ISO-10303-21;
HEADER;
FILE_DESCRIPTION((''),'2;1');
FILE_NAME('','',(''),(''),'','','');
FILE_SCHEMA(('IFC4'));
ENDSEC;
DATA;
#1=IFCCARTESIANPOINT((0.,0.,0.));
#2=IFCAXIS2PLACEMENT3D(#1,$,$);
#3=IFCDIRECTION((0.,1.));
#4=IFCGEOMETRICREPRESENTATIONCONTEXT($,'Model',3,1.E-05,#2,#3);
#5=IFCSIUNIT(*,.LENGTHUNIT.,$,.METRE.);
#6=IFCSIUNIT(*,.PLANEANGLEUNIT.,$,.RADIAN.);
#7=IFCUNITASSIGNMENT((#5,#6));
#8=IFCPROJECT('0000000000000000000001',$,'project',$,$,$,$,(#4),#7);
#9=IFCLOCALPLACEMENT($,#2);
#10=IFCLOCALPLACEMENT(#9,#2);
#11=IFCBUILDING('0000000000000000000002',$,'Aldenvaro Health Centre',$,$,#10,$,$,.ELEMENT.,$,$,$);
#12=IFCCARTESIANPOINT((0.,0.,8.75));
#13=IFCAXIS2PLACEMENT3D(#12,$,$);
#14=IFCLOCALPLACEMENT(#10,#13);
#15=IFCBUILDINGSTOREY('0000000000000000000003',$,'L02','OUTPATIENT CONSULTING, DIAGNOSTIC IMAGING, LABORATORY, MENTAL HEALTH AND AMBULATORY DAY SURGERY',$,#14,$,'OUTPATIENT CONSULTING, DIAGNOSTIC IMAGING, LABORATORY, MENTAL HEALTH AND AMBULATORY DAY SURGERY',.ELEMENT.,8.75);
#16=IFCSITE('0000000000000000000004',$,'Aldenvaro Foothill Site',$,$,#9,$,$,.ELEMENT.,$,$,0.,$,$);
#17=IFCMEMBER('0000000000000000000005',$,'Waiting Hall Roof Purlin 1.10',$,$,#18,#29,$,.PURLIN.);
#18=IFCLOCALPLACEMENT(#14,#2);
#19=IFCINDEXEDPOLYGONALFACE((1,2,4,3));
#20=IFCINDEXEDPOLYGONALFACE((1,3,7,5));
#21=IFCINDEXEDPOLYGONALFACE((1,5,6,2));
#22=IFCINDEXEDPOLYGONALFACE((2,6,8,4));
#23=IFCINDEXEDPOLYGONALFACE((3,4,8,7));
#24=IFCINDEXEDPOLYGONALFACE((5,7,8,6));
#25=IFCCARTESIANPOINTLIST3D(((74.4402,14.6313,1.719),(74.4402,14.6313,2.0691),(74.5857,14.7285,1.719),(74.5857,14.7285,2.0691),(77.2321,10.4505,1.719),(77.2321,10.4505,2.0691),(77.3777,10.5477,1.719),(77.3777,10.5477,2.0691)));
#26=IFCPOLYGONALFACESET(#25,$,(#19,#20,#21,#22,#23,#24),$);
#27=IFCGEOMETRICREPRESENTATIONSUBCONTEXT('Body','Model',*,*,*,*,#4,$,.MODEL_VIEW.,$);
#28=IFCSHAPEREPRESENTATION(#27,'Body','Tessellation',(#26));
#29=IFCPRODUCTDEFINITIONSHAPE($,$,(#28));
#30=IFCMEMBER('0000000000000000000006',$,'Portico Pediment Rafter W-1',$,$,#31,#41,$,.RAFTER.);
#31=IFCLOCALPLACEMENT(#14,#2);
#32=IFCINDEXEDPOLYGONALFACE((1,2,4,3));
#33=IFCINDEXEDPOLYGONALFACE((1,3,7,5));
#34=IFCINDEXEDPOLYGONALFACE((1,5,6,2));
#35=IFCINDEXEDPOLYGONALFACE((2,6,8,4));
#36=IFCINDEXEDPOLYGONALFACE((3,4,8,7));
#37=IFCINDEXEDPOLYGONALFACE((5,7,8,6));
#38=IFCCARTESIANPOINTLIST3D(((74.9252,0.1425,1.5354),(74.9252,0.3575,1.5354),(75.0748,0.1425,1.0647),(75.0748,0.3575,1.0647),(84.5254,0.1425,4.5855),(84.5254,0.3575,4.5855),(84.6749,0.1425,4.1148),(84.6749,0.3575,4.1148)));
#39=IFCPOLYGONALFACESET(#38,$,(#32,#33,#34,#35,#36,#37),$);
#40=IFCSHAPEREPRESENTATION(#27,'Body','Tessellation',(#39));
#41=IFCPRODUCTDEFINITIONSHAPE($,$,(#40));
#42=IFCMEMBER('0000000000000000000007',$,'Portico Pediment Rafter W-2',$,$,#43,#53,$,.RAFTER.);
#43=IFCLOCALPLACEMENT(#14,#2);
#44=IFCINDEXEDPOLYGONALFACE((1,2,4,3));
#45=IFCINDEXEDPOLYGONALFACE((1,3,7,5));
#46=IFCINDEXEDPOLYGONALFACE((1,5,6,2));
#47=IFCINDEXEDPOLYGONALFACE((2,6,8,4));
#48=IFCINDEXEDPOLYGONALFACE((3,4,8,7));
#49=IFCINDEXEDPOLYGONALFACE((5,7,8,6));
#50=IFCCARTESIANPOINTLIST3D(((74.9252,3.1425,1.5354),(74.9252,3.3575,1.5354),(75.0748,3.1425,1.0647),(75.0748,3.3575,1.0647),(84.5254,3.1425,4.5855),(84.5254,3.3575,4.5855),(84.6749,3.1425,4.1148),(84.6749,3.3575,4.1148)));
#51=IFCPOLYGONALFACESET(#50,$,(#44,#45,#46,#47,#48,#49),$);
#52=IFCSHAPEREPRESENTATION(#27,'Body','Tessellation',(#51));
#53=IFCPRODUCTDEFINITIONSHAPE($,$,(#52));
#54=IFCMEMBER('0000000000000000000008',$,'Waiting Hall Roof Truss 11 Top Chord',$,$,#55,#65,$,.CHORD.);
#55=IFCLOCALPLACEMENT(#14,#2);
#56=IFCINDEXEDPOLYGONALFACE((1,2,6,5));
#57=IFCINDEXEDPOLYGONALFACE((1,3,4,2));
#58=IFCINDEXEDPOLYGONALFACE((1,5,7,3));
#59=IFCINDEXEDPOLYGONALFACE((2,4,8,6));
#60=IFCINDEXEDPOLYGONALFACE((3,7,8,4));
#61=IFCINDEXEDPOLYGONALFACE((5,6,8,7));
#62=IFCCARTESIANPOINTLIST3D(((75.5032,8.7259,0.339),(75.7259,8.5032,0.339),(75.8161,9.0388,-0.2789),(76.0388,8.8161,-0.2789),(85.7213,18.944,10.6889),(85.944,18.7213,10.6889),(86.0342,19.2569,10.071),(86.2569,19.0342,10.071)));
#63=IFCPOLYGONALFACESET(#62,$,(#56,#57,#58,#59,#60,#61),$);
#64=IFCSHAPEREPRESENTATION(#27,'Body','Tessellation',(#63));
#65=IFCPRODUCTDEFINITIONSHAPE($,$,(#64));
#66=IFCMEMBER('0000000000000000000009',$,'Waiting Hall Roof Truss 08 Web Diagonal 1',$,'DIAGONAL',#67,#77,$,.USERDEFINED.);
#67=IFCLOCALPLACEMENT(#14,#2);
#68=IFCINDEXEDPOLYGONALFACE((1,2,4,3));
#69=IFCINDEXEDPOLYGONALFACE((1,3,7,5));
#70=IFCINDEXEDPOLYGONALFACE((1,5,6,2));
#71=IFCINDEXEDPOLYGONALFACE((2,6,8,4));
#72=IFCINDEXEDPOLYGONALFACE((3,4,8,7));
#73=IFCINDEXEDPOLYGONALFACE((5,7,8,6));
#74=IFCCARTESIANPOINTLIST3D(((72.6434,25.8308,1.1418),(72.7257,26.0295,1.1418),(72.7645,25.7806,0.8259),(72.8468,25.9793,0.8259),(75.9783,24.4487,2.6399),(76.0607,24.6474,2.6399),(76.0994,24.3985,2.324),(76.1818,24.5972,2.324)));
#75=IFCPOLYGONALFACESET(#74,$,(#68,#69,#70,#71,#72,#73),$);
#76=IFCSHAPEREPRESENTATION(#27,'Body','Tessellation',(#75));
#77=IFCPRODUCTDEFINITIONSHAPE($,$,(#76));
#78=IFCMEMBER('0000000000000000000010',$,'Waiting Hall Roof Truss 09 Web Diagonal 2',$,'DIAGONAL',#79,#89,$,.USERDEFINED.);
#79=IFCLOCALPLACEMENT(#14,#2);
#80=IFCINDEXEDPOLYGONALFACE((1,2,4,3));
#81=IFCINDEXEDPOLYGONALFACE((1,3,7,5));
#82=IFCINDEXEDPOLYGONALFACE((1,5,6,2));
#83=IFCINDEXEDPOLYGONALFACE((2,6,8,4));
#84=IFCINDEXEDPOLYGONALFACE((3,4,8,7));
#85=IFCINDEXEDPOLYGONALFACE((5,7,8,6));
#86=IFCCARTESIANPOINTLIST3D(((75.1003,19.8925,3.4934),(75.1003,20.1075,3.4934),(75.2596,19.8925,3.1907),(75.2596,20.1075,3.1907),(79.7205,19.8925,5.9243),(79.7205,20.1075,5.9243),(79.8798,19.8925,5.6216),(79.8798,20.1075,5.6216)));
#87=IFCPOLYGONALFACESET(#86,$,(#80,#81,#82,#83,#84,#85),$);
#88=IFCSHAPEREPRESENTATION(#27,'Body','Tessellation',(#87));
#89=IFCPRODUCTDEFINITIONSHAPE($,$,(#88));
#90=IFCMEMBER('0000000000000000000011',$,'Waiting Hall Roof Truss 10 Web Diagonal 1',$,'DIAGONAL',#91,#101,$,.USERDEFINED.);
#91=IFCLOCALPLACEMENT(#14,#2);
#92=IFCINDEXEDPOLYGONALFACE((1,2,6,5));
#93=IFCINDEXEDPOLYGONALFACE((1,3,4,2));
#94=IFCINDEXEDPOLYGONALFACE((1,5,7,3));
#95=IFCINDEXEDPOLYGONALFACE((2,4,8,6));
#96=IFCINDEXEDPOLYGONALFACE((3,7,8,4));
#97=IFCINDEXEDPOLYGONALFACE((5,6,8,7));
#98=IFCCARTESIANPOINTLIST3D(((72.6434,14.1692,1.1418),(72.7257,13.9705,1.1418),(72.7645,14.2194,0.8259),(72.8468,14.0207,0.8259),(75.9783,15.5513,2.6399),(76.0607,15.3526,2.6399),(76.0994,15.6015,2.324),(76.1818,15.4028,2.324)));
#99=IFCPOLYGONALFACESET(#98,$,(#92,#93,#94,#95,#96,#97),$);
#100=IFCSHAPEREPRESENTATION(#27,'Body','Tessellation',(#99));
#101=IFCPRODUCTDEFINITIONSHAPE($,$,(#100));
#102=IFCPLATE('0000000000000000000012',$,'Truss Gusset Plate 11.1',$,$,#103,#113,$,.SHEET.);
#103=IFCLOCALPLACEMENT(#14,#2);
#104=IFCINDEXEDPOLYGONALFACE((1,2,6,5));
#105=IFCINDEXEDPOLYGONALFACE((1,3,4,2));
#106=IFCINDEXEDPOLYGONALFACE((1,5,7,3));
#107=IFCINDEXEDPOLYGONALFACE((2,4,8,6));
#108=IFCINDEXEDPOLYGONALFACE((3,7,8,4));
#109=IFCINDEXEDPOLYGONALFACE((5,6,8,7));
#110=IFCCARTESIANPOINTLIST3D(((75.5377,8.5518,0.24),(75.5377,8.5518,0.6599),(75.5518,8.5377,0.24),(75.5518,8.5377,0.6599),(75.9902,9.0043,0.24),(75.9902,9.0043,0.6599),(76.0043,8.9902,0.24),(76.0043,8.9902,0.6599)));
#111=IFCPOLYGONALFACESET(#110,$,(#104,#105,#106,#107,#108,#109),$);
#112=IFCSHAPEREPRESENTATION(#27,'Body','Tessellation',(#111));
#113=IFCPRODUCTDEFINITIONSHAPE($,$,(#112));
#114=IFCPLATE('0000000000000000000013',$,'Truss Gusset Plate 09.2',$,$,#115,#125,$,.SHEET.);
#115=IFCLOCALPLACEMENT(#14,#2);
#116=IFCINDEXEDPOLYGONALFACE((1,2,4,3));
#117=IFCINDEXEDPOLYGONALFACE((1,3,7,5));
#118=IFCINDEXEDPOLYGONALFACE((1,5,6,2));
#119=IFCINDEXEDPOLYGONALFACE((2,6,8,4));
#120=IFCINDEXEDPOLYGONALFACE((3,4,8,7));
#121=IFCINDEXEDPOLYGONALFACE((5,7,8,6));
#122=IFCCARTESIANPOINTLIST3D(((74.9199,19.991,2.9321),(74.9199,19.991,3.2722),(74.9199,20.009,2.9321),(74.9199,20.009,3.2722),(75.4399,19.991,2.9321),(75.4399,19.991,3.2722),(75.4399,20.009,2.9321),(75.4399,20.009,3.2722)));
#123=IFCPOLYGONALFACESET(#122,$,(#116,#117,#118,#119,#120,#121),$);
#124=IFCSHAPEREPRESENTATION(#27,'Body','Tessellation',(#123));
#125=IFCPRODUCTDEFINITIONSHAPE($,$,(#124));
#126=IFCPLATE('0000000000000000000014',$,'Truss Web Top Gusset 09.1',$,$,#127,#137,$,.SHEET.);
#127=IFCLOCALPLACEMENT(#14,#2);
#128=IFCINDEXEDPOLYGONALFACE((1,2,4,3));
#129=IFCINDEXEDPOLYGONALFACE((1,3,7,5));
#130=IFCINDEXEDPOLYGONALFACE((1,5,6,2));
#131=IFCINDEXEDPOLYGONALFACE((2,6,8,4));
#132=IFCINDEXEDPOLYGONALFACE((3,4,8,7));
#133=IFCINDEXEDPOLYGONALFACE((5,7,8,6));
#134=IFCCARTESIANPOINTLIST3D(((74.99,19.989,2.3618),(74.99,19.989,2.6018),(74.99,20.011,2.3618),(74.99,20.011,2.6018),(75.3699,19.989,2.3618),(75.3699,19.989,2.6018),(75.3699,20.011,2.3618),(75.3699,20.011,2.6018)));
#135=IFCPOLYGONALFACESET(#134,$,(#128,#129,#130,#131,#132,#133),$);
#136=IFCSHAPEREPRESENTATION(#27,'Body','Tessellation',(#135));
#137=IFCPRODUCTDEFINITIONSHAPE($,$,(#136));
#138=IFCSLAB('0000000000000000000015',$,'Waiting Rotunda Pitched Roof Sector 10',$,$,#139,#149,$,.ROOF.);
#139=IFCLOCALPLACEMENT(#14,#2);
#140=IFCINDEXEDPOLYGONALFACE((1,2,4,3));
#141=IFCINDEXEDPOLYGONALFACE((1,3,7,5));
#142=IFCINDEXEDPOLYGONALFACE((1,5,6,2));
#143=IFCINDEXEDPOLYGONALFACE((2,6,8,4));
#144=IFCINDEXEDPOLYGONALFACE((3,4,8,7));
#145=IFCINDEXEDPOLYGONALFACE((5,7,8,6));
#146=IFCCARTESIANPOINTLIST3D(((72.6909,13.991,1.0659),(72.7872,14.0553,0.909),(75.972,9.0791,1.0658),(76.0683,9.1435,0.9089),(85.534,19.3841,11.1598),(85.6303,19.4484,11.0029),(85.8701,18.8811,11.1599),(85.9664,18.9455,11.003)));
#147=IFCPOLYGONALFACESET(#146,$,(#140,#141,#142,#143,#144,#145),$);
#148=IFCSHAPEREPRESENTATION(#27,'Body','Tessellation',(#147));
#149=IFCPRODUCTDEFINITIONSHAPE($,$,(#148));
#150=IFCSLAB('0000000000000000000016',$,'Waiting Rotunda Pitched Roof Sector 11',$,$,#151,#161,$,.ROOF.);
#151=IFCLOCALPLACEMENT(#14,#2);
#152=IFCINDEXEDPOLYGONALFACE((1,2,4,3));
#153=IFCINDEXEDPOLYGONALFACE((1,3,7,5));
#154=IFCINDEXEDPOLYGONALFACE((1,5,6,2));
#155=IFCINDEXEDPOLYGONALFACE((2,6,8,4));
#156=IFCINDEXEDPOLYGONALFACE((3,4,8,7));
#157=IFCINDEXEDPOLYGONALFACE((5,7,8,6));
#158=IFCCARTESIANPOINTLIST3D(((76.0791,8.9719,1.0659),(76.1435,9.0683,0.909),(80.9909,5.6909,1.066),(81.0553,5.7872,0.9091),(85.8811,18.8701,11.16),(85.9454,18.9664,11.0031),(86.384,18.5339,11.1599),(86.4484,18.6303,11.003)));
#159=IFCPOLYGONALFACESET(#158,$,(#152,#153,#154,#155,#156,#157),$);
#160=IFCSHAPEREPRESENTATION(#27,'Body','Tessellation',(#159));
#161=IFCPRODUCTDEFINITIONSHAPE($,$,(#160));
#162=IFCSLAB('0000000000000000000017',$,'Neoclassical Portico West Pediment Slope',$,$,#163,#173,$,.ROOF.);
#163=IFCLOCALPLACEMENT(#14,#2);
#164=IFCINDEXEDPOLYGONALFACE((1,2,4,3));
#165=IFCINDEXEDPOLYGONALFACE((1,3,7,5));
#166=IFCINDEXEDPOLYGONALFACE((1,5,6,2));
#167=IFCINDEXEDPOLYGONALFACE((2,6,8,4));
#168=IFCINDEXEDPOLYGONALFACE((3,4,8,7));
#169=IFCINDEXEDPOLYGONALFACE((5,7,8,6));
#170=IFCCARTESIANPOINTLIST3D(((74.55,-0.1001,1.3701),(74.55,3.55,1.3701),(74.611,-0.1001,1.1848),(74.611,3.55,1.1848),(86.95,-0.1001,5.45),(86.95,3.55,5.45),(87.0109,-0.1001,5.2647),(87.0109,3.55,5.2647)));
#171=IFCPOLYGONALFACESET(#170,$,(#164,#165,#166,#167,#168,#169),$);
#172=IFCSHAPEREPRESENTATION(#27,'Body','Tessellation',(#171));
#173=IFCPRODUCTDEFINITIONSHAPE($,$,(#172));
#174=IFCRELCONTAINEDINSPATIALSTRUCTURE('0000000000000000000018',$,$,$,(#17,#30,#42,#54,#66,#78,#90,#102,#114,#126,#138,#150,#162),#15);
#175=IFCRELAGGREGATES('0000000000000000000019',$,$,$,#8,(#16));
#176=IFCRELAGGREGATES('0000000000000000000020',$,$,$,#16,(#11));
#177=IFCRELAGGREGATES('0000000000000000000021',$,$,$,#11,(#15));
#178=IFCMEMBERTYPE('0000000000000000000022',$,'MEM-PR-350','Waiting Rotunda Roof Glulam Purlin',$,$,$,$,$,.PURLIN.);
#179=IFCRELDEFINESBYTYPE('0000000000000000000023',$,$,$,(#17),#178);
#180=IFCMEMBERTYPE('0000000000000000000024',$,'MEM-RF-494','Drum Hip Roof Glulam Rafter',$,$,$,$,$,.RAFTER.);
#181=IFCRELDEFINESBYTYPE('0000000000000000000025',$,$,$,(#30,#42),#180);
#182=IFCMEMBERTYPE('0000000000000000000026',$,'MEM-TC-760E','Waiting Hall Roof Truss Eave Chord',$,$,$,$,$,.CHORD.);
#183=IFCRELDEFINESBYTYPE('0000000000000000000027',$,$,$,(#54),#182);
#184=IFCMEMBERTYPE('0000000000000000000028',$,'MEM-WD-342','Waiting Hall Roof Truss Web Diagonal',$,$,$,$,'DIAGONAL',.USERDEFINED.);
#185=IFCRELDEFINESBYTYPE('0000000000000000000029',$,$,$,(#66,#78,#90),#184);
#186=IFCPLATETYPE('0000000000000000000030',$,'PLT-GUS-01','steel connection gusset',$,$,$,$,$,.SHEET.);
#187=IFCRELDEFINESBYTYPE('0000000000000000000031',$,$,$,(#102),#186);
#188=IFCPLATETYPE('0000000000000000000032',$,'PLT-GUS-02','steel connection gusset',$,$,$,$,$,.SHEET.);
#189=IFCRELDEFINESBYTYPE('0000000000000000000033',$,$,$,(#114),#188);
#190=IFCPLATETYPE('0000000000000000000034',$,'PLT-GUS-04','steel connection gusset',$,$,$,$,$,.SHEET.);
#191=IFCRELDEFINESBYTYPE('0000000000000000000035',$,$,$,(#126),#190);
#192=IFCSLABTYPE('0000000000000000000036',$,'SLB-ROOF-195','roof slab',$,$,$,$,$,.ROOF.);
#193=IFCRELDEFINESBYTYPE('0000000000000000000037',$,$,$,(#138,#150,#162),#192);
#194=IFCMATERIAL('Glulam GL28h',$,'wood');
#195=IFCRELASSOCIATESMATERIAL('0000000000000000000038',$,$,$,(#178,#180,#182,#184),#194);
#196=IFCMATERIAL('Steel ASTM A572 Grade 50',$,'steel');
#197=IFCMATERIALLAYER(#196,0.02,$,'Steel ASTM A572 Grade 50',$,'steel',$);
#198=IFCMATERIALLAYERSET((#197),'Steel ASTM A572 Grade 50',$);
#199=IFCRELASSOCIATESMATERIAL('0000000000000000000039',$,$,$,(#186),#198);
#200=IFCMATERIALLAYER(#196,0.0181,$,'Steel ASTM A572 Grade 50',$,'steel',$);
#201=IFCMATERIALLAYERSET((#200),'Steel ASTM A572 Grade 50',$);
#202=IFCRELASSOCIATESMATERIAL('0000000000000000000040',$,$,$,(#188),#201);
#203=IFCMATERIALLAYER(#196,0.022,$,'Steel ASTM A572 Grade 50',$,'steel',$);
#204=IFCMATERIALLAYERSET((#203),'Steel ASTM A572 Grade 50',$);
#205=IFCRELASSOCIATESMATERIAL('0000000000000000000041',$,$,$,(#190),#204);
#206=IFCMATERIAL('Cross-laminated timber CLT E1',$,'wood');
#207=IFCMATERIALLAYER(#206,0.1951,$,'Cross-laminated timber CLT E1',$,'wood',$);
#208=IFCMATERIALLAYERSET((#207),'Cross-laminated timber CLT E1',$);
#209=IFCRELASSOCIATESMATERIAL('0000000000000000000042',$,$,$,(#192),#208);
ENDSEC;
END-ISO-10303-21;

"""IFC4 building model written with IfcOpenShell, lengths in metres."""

from ifc_helpers import new_model, si_unit, direction, frame, origin, origin_2d, place, context, subcontext, project, spatial, polyline, rectangle, outline, extrude, material, layer, layer_set, material_profile, profile_set, type_object, element, save


model = new_model("IFC4")

# Units and contexts
model_context = context("Model", 3, precision=1e-05, world=origin(), true_north=direction((0.0, 1.0)))
body_context = subcontext(model_context, "Body", "Model", "MODEL_VIEW")
ifc_project = project(units=[si_unit("LENGTHUNIT", "METRE"), si_unit("PLANEANGLEUNIT", "RADIAN")], contexts=[model_context])

# Site, building, storey
site_placement = place(None, origin())
site = spatial("IfcSite", under=ifc_project, at=site_placement, Name="Aldenvaro Foothill Site", CompositionType="ELEMENT", RefElevation=0.0)
building_placement = place(site_placement, origin())
building = spatial("IfcBuilding", under=site, at=building_placement, Name="Aldenvaro Health Centre", CompositionType="ELEMENT")
storey_placement = place(building_placement, frame((0.0, 0.0, 8.75)))
storey = spatial("IfcBuildingStorey", under=building, at=storey_placement, Name="L02", Description="OUTPATIENT CONSULTING, DIAGNOSTIC IMAGING, LABORATORY, MENTAL HEALTH AND AMBULATORY DAY SURGERY", LongName="OUTPATIENT CONSULTING, DIAGNOSTIC IMAGING, LABORATORY, MENTAL HEALTH AND AMBULATORY DAY SURGERY", CompositionType="ELEMENT", Elevation=8.75)

# Shared definitions
ifc_material_1 = material(Name="Glulam GL28h", Category="wood")

# Members
ifc_material_profile_1 = material_profile(ifc_material_1, rectangle(XDim=0.175, YDim=0.3501, at=origin_2d()), Name="GL 175x350", Category="wood")
ifc_profile_set_1 = profile_set([ifc_material_profile_1], Name="Glulam GL28h")
member_type_1 = type_object("IfcMemberType", Name="MEM-PR-350", Description="Waiting Rotunda Roof Glulam Purlin", PredefinedType="PURLIN", material=ifc_profile_set_1)
member_1_placement = place(storey_placement, frame((74.5129, 14.6799, 1.894), z_axis=(0.55535, -0.831617, 0.0), x_axis=(0.831617, 0.55535, 0.0)))
element("IfcMember", 1, at=member_1_placement, inside=storey, type_object=member_type_1, Name="Waiting Hall Roof Purlin 1.10", PredefinedType="PURLIN", context=body_context, shape_type="SweptSolid", body=[
    extrude(rectangle(XDim=0.175, YDim=0.3501, at=origin_2d()), origin(), (0.0, 0.0, 1.0), 5.0273),
])
ifc_material_profile_2 = material_profile(ifc_material_1, rectangle(XDim=0.2151, YDim=0.4939, at=origin_2d()), Name="GL 215x494", Category="wood")
ifc_profile_set_2 = profile_set([ifc_material_profile_2], Name="Glulam GL28h")
member_type_2 = type_object("IfcMemberType", Name="MEM-RF-494", Description="Drum Hip Roof Glulam Rafter", PredefinedType="RAFTER", material=ifc_profile_set_2)
for number, where, z_axis, x_axis, name in (
    (2, (75.0, 0.25, 1.3), (0.953056, 0.0, 0.302795), (0.0, 1.0, 0.0), "Portico Pediment Rafter W-1"),
    (3, (75.0, 3.25, 1.3), (0.953056, 0.0, 0.302795), (0.0, 1.0, 0.0), "Portico Pediment Rafter W-2"),
):
    element("IfcMember", number, at=place(storey_placement, frame(where, z_axis=z_axis, x_axis=x_axis)), inside=storey, type_object=member_type_2, Name=name, PredefinedType="RAFTER", context=body_context, shape_type="SweptSolid", body=[
        extrude(rectangle(XDim=0.2151, YDim=0.4939, at=origin_2d()), origin(), (0.0, 0.0, 1.0), 10.073),
    ])
ifc_material_profile_3 = material_profile(ifc_material_1, rectangle(XDim=0.3149, YDim=0.76, at=origin_2d()), Name="GL 315x760", Category="wood")
ifc_profile_set_3 = profile_set([ifc_material_profile_3], Name="Glulam GL28h")
member_type_3 = type_object("IfcMemberType", Name="MEM-TC-760E", Description="Waiting Hall Roof Truss Eave Chord", PredefinedType="CHORD", material=ifc_profile_set_3)
member_2_placement = place(storey_placement, frame((75.771, 8.771, 0.03), z_axis=(0.574867, 0.574867, 0.582284), x_axis=(-0.707107, 0.707107, 0.0)))
element("IfcMember", 4, at=member_2_placement, inside=storey, type_object=member_type_3, Name="Waiting Hall Roof Truss 11 Top Chord", PredefinedType="CHORD", context=body_context, shape_type="SweptSolid", body=[
    extrude(rectangle(XDim=0.3149, YDim=0.76, at=origin_2d()), origin(), (0.0, 0.0, 1.0), 17.7747),
])
ifc_material_profile_4 = material_profile(ifc_material_1, rectangle(XDim=0.2151, YDim=0.342, at=origin_2d()), Name="GL 215x342", Category="wood")
ifc_profile_set_4 = profile_set([ifc_material_profile_4], Name="Glulam GL28h")
member_type_4 = type_object("IfcMemberType", Name="MEM-WD-342", Description="Waiting Hall Roof Truss Web Diagonal", ElementType="DIAGONAL", PredefinedType="USERDEFINED", material=ifc_profile_set_4)
member_3_placement = place(storey_placement, frame((72.7451, 25.905, 0.9839), z_axis=(0.853262, -0.35361, 0.383281), x_axis=(0.382848, 0.923812, 0.0)))
element("IfcMember", 5, at=member_3_placement, inside=storey, type_object=member_type_4, Name="Waiting Hall Roof Truss 08 Web Diagonal 1", ObjectType="DIAGONAL", PredefinedType="USERDEFINED", context=body_context, shape_type="SweptSolid", body=[
    extrude(rectangle(XDim=0.2151, YDim=0.342, at=origin_2d()), origin(), (0.0, 0.0, 1.0), 3.9084),
])
member_4_placement = place(storey_placement, frame((75.1799, 20.0, 3.342), z_axis=(0.884976, 0.0, 0.465637), x_axis=(0.0, 1.0, 0.0)))
element("IfcMember", 6, at=member_4_placement, inside=storey, type_object=member_type_4, Name="Waiting Hall Roof Truss 09 Web Diagonal 2", ObjectType="DIAGONAL", PredefinedType="USERDEFINED", context=body_context, shape_type="SweptSolid", body=[
    extrude(rectangle(XDim=0.2151, YDim=0.342, at=origin_2d()), origin(), (0.0, 0.0, 1.0), 5.2207),
])
member_5_placement = place(storey_placement, frame((72.7451, 14.095, 0.9839), z_axis=(0.853262, 0.35361, 0.383281), x_axis=(-0.382848, 0.923812, 0.0)))
element("IfcMember", 7, at=member_5_placement, inside=storey, type_object=member_type_4, Name="Waiting Hall Roof Truss 10 Web Diagonal 1", ObjectType="DIAGONAL", PredefinedType="USERDEFINED", context=body_context, shape_type="SweptSolid", body=[
    extrude(rectangle(XDim=0.2151, YDim=0.342, at=origin_2d()), origin(), (0.0, 0.0, 1.0), 3.9084),
])

# Plates
ifc_material_2 = material(Name="Steel ASTM A572 Grade 50", Category="steel")
ifc_layer_1 = layer(ifc_material_2, 0.02, Name="Steel ASTM A572 Grade 50", Category="steel")
ifc_layer_set_1 = layer_set([ifc_layer_1], Name="Steel ASTM A572 Grade 50")
plate_type_1 = type_object("IfcPlateType", Name="PLT-GUS-01", Description="steel connection gusset", PredefinedType="SHEET", material=ifc_layer_set_1)
plate_1_placement = place(storey_placement, frame((75.771, 8.771, 0.24), z_axis=(0.0, 0.0, 1.0), x_axis=(-0.707107, -0.707107, 0.0)))
element("IfcPlate", 8, at=plate_1_placement, inside=storey, type_object=plate_type_1, Name="Truss Gusset Plate 11.1", PredefinedType="SHEET", context=body_context, shape_type="SweptSolid", body=[
    extrude(rectangle(XDim=0.6399, YDim=0.02, at=origin_2d()), origin(), (0.0, 0.0, 1.0), 0.4199),
])
ifc_layer_2 = layer(ifc_material_2, 0.0181, Name="Steel ASTM A572 Grade 50", Category="steel")
ifc_layer_set_2 = layer_set([ifc_layer_2], Name="Steel ASTM A572 Grade 50")
plate_type_2 = type_object("IfcPlateType", Name="PLT-GUS-02", Description="steel connection gusset", PredefinedType="SHEET", material=ifc_layer_set_2)
plate_2_placement = place(storey_placement, frame((75.1799, 20.0, 2.9321), z_axis=(0.0, 0.0, 1.0), x_axis=(-1.0, 0.0, 0.0)))
element("IfcPlate", 9, at=plate_2_placement, inside=storey, type_object=plate_type_2, Name="Truss Gusset Plate 09.2", PredefinedType="SHEET", context=body_context, shape_type="SweptSolid", body=[
    extrude(rectangle(XDim=0.52, YDim=0.0181, at=origin_2d()), origin(), (0.0, 0.0, 1.0), 0.3401),
])
ifc_layer_3 = layer(ifc_material_2, 0.022, Name="Steel ASTM A572 Grade 50", Category="steel")
ifc_layer_set_3 = layer_set([ifc_layer_3], Name="Steel ASTM A572 Grade 50")
plate_type_3 = type_object("IfcPlateType", Name="PLT-GUS-04", Description="steel connection gusset", PredefinedType="SHEET", material=ifc_layer_set_3)
plate_3_placement = place(storey_placement, frame((75.1799, 20.0, 2.3618), z_axis=(0.0, 0.0, 1.0), x_axis=(-1.0, 0.0, 0.0)))
element("IfcPlate", 10, at=plate_3_placement, inside=storey, type_object=plate_type_3, Name="Truss Web Top Gusset 09.1", PredefinedType="SHEET", context=body_context, shape_type="SweptSolid", body=[
    extrude(rectangle(XDim=0.3799, YDim=0.022, at=origin_2d()), origin(), (0.0, 0.0, 1.0), 0.24),
])

# Slabs
ifc_material_3 = material(Name="Cross-laminated timber CLT E1", Category="wood")
ifc_layer_4 = layer(ifc_material_3, 0.1951, Name="Cross-laminated timber CLT E1", Category="wood")
ifc_layer_set_4 = layer_set([ifc_layer_4], Name="Cross-laminated timber CLT E1")
slab_type = type_object("IfcSlabType", Name="SLB-ROOF-195", Description="roof slab", PredefinedType="ROOF", material=ifc_layer_set_4)
slab_1_placement = place(storey_placement, frame((72.6909, 13.991, 1.0659), z_axis=(-0.493817, -0.329879, 0.804565), x_axis=(0.555462, -0.831542, -0.000014)))
element("IfcSlab", 11, at=slab_1_placement, inside=storey, type_object=slab_type, Name="Waiting Rotunda Pitched Roof Sector 10", PredefinedType="ROOF", context=body_context, shape_type="SweptSolid", body=[
    extrude(outline(polyline([(0.0, 0.0), (5.9069, 0.0), (3.2541, 16.9972), (2.6491, 16.997), (0.0, 0.0)])), origin(), (0.0, 0.0, -1.0), 0.1951),
])
slab_2_placement = place(storey_placement, frame((76.0791, 8.9719, 1.0659), z_axis=(-0.329879, -0.493817, 0.804565), x_axis=(0.831542, -0.555462, 0.000014)))
element("IfcSlab", 12, at=slab_2_placement, inside=storey, type_object=slab_type, Name="Waiting Rotunda Pitched Roof Sector 11", PredefinedType="ROOF", context=body_context, shape_type="SweptSolid", body=[
    extrude(outline(polyline([(0.0, 0.0), (5.9069, 0.0), (3.2578, 16.997), (2.6528, 16.9972), (0.0, 0.0)])), origin(), (0.0, 0.0, -1.0), 0.1951),
])
slab_3_placement = place(storey_placement, frame((74.55, -0.1001, 1.3701), z_axis=(-0.312539, 0.0, 0.949905), x_axis=(0.949905, 0.0, 0.312539)))
element("IfcSlab", 13, at=slab_3_placement, inside=storey, type_object=slab_type, Name="Neoclassical Portico West Pediment Slope", PredefinedType="ROOF", context=body_context, shape_type="SweptSolid", body=[
    extrude(outline(polyline([(0.0, 0.0), (13.0538, 0.0), (13.0538, 3.6501), (0.0, 3.6501), (0.0, 0.0)])), origin(), (0.0, 0.0, -1.0), 0.1951),
])

save(model, "model.ifc")
